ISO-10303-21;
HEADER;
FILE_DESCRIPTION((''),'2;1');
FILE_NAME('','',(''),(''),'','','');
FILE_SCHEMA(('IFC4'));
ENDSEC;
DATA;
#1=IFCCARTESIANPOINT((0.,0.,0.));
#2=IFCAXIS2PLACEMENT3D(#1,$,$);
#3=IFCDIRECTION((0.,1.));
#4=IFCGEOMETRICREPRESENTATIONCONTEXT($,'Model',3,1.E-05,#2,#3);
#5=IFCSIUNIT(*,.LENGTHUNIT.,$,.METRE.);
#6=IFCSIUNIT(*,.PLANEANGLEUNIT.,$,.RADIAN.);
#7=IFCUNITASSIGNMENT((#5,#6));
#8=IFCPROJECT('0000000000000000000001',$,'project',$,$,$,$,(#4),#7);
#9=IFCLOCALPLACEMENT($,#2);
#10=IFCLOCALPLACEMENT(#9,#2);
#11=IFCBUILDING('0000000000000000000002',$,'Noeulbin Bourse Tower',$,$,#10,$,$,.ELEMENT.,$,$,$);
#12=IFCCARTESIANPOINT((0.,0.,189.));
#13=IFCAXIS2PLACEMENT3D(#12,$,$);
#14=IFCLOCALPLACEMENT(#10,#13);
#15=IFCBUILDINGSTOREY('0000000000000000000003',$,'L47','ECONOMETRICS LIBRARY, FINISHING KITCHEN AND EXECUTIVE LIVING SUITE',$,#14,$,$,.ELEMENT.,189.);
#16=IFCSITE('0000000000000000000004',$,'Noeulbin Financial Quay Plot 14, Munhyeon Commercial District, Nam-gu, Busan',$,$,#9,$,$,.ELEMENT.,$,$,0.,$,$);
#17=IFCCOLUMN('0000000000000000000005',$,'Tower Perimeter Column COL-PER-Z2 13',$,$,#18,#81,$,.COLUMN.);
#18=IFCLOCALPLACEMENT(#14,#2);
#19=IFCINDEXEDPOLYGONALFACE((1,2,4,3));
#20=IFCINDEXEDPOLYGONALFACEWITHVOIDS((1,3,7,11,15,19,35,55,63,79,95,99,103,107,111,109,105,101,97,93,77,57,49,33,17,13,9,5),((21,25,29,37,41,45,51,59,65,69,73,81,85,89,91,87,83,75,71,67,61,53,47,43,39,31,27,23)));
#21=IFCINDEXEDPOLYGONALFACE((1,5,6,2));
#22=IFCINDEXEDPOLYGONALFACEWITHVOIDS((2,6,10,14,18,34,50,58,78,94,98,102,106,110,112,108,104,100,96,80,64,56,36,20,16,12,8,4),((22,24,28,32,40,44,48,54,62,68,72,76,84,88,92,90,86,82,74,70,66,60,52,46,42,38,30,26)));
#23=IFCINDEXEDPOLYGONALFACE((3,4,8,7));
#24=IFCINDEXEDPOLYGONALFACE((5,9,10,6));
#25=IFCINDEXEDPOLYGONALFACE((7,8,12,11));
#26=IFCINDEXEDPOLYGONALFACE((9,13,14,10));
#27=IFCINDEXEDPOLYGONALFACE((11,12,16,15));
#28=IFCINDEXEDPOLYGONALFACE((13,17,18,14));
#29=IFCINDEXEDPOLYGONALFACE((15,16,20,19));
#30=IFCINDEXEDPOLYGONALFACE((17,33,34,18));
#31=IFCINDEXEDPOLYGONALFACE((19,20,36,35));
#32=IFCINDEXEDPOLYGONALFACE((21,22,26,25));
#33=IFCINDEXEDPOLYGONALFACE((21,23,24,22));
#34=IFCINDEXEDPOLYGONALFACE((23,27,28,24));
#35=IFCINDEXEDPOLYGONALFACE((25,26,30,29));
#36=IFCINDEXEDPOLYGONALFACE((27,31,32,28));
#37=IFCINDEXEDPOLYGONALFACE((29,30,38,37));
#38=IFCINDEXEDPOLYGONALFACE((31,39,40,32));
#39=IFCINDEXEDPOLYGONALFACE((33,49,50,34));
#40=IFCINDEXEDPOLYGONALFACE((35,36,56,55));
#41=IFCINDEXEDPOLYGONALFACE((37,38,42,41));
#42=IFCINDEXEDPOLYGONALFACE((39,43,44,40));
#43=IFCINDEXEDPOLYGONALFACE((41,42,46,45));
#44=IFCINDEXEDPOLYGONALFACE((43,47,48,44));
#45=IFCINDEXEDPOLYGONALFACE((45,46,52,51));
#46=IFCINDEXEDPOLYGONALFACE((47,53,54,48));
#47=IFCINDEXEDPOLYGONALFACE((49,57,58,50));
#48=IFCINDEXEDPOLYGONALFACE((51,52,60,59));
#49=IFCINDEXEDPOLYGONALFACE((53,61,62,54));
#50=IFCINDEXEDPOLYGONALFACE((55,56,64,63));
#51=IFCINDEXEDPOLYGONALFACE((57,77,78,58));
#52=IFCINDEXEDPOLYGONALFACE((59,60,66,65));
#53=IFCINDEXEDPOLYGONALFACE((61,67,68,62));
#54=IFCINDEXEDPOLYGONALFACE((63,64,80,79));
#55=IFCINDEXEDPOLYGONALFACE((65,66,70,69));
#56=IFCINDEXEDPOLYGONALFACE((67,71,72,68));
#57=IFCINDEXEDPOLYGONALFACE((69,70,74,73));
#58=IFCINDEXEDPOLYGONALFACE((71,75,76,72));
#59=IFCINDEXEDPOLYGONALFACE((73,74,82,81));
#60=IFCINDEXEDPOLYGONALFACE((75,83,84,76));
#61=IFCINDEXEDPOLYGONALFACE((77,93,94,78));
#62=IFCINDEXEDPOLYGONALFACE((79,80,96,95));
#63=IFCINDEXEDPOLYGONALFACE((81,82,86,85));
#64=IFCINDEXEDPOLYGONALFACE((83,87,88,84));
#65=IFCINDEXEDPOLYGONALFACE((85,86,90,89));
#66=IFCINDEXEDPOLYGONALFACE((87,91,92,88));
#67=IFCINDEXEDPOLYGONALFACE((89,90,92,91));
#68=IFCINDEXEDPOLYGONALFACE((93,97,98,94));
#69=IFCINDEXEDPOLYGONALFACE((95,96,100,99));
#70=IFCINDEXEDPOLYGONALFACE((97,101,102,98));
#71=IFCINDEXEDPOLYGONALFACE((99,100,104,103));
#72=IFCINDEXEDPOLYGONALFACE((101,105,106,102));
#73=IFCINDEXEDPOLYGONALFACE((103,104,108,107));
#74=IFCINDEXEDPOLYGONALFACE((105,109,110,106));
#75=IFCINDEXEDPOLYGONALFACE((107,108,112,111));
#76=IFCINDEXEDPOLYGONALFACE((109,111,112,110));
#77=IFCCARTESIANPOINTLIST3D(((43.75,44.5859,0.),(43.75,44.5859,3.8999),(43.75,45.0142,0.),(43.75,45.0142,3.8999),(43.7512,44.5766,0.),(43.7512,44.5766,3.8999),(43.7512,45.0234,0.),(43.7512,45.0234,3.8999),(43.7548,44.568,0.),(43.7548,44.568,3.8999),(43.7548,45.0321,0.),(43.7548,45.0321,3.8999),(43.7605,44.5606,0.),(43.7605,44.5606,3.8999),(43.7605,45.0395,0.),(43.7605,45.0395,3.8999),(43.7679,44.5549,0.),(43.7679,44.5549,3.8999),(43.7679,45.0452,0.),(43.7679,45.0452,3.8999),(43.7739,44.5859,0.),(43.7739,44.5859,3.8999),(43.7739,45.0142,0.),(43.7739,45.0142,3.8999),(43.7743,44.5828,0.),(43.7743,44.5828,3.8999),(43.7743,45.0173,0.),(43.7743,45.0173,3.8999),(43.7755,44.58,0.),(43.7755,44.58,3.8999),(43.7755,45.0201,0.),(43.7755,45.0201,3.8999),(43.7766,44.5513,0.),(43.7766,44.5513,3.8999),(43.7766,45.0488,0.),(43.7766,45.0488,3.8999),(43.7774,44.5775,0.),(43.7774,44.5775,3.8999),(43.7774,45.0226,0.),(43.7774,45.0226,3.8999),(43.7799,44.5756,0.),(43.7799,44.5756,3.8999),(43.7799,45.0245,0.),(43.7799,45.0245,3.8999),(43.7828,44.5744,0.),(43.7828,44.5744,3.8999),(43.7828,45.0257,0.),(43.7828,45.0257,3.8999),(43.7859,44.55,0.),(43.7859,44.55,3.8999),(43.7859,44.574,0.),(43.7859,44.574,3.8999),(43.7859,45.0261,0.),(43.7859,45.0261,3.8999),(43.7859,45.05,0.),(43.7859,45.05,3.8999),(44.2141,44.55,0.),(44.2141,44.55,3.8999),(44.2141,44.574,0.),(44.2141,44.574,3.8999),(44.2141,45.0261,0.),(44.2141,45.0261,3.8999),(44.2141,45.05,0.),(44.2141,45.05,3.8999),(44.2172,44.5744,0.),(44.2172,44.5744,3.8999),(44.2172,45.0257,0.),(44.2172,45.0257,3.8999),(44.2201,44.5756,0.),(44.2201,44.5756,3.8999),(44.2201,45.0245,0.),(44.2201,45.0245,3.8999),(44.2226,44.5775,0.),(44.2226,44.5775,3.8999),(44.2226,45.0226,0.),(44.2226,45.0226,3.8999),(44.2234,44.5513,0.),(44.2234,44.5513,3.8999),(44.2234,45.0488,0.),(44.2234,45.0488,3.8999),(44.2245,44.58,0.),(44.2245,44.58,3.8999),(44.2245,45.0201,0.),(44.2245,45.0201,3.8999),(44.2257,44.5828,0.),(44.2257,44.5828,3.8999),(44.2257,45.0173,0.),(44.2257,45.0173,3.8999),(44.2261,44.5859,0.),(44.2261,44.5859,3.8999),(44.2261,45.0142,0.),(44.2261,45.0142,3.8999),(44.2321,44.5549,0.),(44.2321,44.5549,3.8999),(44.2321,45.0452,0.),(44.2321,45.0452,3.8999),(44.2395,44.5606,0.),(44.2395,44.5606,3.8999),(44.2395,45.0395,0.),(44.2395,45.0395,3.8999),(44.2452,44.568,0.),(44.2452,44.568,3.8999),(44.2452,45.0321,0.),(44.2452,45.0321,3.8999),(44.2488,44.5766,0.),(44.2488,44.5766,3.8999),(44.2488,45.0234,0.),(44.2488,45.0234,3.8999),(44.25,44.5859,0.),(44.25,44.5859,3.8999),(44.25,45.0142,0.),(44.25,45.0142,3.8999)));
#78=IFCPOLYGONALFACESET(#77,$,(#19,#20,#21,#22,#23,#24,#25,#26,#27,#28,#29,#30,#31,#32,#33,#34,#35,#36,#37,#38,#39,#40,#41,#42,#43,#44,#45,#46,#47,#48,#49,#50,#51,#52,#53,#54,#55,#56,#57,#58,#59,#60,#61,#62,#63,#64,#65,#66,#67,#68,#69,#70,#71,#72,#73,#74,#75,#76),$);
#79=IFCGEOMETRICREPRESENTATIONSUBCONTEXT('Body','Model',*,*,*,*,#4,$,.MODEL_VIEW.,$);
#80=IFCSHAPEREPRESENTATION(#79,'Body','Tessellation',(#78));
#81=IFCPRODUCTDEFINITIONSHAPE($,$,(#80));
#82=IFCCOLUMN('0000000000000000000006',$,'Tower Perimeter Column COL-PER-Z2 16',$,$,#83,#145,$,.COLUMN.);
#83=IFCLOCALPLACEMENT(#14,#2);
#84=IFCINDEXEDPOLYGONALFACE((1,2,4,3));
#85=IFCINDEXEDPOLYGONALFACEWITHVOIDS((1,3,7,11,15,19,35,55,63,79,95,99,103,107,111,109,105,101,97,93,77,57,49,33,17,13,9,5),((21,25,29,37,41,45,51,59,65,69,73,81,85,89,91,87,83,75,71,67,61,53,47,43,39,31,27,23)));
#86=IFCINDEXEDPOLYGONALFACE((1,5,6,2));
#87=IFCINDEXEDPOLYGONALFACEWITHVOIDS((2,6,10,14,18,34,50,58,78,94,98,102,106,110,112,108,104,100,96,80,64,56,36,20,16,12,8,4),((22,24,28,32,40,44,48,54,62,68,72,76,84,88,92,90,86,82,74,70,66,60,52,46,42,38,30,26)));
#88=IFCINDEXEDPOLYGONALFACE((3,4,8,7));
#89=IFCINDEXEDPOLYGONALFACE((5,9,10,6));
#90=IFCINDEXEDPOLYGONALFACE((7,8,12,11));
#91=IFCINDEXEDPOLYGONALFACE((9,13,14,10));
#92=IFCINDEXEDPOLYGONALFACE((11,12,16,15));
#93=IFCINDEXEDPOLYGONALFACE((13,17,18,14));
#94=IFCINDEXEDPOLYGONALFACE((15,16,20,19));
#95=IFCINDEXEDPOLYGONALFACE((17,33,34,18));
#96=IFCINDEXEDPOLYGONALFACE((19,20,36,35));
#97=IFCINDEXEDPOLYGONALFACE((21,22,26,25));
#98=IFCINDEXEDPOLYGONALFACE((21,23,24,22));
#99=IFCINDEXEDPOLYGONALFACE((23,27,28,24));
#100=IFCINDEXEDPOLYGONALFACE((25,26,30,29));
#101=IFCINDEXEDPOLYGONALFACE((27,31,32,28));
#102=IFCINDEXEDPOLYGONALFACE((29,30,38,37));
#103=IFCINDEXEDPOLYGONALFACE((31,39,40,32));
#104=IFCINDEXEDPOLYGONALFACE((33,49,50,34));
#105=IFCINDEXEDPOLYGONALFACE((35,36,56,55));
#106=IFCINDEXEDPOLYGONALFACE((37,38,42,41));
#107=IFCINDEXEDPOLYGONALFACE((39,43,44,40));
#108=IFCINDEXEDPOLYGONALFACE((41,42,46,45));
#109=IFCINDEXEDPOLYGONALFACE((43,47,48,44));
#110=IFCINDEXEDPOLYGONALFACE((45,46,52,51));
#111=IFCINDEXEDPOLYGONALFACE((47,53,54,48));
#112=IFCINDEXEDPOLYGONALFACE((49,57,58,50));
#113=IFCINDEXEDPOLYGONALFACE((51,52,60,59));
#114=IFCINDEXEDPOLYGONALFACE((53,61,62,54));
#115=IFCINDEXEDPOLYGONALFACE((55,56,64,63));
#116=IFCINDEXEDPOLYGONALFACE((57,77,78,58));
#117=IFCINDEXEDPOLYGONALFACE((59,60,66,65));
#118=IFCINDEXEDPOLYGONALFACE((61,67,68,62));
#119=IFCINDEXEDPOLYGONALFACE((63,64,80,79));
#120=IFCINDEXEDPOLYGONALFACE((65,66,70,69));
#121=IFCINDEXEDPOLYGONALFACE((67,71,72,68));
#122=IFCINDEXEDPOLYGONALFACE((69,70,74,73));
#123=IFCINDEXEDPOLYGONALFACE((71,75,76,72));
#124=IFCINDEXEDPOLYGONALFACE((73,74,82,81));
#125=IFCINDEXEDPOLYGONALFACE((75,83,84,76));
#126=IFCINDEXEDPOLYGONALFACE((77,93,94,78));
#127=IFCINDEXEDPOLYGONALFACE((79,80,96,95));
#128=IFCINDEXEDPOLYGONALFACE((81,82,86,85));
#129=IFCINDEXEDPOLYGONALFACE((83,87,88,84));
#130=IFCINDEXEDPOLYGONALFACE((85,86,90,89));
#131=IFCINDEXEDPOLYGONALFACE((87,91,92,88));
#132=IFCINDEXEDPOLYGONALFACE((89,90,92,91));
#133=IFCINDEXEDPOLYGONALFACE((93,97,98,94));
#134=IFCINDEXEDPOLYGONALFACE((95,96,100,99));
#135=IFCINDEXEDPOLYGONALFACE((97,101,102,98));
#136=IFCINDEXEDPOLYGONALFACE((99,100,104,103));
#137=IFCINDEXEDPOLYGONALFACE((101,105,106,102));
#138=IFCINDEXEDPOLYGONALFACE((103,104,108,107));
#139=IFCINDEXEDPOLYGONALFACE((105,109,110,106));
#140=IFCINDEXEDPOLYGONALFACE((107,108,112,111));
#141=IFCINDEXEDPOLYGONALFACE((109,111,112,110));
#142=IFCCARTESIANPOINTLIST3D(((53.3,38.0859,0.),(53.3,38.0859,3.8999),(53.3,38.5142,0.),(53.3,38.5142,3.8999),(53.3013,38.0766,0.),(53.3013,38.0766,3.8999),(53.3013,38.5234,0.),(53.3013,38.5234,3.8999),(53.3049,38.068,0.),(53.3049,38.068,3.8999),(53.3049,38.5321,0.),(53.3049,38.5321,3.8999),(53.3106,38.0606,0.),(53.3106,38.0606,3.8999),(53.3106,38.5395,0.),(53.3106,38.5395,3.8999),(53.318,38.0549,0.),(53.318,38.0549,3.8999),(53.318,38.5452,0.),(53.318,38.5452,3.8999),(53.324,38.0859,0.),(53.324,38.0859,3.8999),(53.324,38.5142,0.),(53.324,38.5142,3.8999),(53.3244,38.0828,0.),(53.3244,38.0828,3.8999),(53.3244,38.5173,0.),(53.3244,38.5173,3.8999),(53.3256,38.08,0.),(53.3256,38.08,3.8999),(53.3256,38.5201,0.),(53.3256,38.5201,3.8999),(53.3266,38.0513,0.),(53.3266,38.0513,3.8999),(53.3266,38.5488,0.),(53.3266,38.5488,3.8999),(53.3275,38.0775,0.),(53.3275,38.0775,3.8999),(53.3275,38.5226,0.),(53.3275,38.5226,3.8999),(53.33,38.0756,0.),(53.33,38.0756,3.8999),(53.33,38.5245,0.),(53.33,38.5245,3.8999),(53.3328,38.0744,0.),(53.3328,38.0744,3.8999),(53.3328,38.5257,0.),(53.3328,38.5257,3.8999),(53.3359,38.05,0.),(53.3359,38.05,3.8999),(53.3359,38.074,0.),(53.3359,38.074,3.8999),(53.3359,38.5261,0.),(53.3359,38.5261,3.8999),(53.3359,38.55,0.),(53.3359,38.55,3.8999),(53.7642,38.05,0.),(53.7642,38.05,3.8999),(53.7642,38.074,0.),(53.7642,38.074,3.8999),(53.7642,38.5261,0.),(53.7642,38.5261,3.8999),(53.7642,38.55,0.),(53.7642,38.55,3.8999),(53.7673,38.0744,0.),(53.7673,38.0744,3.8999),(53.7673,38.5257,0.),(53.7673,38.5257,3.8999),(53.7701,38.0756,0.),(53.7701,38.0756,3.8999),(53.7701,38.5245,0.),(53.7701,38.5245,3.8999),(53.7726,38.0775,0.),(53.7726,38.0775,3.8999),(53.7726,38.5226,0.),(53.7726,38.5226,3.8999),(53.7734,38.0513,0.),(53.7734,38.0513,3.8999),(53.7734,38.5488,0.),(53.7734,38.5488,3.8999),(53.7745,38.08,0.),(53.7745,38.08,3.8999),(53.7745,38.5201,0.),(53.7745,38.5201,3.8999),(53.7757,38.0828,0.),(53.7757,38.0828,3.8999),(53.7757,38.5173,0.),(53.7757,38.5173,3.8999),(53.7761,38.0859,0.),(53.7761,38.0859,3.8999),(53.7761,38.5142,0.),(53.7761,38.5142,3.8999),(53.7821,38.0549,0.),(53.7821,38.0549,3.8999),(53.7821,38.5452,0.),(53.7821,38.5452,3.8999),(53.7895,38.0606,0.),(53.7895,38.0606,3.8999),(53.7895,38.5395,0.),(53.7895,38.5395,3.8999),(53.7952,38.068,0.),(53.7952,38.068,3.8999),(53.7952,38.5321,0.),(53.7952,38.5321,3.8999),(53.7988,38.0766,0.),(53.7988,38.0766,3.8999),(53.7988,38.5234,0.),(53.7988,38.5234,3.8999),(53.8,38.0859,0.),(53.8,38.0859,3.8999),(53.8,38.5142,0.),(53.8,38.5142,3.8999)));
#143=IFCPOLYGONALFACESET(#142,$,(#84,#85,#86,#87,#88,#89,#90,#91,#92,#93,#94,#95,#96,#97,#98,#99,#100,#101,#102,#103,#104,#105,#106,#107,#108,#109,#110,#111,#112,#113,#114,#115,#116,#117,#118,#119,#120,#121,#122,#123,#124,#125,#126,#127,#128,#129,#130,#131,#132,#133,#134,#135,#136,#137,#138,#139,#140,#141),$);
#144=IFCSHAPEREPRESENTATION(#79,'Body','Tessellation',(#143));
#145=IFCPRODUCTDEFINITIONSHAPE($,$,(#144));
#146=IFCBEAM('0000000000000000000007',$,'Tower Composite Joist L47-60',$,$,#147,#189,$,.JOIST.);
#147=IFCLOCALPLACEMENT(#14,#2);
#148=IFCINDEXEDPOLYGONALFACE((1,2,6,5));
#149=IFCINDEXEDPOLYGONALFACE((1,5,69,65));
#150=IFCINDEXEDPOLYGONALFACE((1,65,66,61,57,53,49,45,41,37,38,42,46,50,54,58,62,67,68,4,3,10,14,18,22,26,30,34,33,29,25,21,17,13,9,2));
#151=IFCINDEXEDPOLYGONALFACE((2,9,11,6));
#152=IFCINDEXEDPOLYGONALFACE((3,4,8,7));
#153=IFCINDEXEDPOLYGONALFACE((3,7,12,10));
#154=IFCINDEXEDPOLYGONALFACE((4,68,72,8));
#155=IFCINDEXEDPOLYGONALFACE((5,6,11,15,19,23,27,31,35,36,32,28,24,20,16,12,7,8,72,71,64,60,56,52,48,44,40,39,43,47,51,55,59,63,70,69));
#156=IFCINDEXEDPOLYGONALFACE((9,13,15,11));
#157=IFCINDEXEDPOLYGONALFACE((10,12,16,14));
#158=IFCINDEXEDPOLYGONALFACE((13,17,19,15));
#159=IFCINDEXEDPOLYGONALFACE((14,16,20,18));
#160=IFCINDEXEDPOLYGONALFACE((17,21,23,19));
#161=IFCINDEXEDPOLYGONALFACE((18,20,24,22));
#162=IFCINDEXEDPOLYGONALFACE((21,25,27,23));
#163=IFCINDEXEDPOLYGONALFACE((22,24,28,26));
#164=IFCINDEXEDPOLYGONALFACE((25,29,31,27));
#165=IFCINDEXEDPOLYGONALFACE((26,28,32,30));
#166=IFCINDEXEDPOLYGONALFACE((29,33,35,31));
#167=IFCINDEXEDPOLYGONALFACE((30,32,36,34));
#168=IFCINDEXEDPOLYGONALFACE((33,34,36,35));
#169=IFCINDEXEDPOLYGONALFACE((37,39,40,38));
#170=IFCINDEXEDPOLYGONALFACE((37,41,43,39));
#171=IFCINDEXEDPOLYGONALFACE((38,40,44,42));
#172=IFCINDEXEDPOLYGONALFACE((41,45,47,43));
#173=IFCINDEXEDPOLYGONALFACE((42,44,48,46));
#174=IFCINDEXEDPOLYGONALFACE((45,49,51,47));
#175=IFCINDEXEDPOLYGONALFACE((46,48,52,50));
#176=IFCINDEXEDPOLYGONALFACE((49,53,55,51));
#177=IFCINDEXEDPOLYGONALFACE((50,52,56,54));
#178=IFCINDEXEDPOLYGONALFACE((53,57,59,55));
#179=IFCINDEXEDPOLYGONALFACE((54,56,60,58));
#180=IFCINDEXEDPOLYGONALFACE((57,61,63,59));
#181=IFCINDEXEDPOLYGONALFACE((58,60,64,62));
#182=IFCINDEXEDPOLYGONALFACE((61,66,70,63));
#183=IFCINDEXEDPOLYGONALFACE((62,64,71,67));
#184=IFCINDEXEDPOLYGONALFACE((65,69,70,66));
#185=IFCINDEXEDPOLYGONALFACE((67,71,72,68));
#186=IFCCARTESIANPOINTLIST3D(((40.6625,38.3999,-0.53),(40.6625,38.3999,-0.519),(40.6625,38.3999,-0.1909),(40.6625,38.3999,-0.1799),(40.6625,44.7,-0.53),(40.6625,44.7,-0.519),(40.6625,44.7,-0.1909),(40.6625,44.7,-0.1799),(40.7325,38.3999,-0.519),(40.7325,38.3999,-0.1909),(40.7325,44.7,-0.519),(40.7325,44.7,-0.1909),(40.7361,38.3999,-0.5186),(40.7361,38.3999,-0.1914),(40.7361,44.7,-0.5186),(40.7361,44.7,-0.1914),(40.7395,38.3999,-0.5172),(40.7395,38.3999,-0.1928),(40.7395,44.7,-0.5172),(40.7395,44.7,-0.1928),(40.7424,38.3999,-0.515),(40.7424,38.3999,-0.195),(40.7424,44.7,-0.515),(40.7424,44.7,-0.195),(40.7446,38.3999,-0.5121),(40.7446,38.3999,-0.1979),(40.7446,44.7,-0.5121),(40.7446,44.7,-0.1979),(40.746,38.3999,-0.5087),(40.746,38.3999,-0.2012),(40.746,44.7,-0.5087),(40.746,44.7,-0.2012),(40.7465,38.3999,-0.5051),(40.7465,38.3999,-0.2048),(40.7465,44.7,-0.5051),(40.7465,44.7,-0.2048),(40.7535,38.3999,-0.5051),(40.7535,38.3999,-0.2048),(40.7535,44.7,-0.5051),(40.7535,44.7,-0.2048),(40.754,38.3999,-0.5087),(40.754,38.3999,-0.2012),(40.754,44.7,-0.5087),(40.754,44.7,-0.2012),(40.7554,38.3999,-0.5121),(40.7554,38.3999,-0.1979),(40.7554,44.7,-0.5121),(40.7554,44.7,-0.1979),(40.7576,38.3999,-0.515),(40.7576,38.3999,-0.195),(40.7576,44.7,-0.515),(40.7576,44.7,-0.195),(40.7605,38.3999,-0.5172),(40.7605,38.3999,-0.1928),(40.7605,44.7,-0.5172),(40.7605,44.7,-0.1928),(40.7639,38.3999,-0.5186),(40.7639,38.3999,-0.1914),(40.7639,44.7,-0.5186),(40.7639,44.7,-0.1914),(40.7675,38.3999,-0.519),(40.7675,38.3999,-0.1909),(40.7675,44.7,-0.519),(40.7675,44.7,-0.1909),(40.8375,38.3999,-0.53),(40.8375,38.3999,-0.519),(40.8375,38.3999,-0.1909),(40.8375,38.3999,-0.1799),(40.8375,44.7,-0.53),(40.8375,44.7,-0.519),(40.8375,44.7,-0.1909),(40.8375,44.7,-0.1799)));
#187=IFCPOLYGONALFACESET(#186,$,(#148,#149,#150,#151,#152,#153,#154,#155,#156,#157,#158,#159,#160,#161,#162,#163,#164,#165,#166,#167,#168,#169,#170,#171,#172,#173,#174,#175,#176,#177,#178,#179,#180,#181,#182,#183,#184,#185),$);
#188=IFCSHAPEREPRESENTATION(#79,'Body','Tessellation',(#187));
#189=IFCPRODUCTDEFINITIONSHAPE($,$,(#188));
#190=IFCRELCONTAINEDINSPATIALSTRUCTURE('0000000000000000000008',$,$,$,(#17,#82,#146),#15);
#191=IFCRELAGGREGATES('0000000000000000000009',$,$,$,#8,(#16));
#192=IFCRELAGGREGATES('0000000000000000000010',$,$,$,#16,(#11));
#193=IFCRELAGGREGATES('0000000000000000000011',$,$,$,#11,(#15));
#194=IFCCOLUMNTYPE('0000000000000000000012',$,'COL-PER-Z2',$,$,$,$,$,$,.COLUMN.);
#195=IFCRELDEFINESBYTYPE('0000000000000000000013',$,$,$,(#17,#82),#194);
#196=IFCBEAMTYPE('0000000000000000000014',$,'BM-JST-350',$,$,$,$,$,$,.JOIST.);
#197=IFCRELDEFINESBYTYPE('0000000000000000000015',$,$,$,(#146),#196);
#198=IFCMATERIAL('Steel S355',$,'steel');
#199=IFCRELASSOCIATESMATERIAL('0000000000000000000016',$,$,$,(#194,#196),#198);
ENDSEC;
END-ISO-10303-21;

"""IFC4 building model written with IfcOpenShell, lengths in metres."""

from ifc_helpers import new_model, si_unit, direction, frame, origin, origin_2d, place, context, subcontext, project, spatial, hollow_rectangle, i_section, extrude, material, material_profile, profile_set, type_object, element, save


model = new_model("IFC4")

# Units and contexts
model_context = context("Model", 3, precision=1e-05, world=origin(), true_north=direction((0.0, 1.0)))
body_context = subcontext(model_context, "Body", "Model", "MODEL_VIEW")
ifc_project = project(units=[si_unit("LENGTHUNIT", "METRE"), si_unit("PLANEANGLEUNIT", "RADIAN")], contexts=[model_context])

# Site, building, storey
site_placement = place(None, origin())
site = spatial("IfcSite", under=ifc_project, at=site_placement, Name="Noeulbin Financial Quay Plot 14, Munhyeon Commercial District, Nam-gu, Busan", CompositionType="ELEMENT", RefElevation=0.0)
building_placement = place(site_placement, origin())
building = spatial("IfcBuilding", under=site, at=building_placement, Name="Noeulbin Bourse Tower", CompositionType="ELEMENT")
storey_placement = place(building_placement, frame((0.0, 0.0, 189.0)))
storey = spatial("IfcBuildingStorey", under=building, at=storey_placement, Name="L47", Description="ECONOMETRICS LIBRARY, FINISHING KITCHEN AND EXECUTIVE LIVING SUITE", CompositionType="ELEMENT", Elevation=189.0)

# Columns
ifc_material_1 = material(Name="Steel S355", Category="steel")
ifc_material_profile_1 = material_profile(ifc_material_1, hollow_rectangle(XDim=0.5, YDim=0.5, WallThickness=0.0239, InnerFilletRadius=0.012, OuterFilletRadius=0.0359, at=origin_2d()), Name="BOX-500x500x24", Category="LoadBearing")
ifc_profile_set_1 = profile_set([ifc_material_profile_1], Name="Steel S355")
column_type = type_object("IfcColumnType", Name="COL-PER-Z2", PredefinedType="COLUMN", material=ifc_profile_set_1)
for number, where, z_axis, x_axis, name in (
    (1, (44.0, 44.8, 0.0), (0.0, 0.0, 1.0), (1.0, 0.0, 0.0), "Tower Perimeter Column COL-PER-Z2 13"),
    (2, (53.55, 38.3, 0.0), (0.0, 0.0, 1.0), (1.0, 0.0, 0.0), "Tower Perimeter Column COL-PER-Z2 16"),
):
    element("IfcColumn", number, at=place(storey_placement, frame(where, z_axis=z_axis, x_axis=x_axis)), inside=storey, type_object=column_type, Name=name, PredefinedType="COLUMN", context=body_context, shape_type="SweptSolid", body=[
        extrude(hollow_rectangle(XDim=0.5, YDim=0.5, WallThickness=0.0239, InnerFilletRadius=0.012, OuterFilletRadius=0.0359, at=origin_2d()), origin(), (0.0, 0.0, 1.0), 3.8999),
    ])

# Beam
ifc_material_profile_2 = material_profile(ifc_material_1, i_section(OverallWidth=0.175, OverallDepth=0.3501, WebThickness=0.0071, FlangeThickness=0.011, FilletRadius=0.0139, at=origin_2d()), Name="H-350x175x7x11", Category="LoadBearing")
ifc_profile_set_2 = profile_set([ifc_material_profile_2], Name="Steel S355")
beam_type = type_object("IfcBeamType", Name="BM-JST-350", PredefinedType="JOIST", material=ifc_profile_set_2)
for number, where, z_axis, x_axis, name in (
    (3, (40.75, 38.3999, -0.355), (0.0, 1.0, 0.0), (-1.0, 0.0, 0.0), "Tower Composite Joist L47-60"),
):
    element("IfcBeam", number, at=place(storey_placement, frame(where, z_axis=z_axis, x_axis=x_axis)), inside=storey, type_object=beam_type, Name=name, PredefinedType="JOIST", context=body_context, shape_type="SweptSolid", body=[
        extrude(i_section(OverallWidth=0.175, OverallDepth=0.3501, WebThickness=0.0071, FlangeThickness=0.011, FilletRadius=0.0139, at=origin_2d()), origin(), (0.0, 0.0, 1.0), 6.3),
    ])

save(model, "model.ifc")
